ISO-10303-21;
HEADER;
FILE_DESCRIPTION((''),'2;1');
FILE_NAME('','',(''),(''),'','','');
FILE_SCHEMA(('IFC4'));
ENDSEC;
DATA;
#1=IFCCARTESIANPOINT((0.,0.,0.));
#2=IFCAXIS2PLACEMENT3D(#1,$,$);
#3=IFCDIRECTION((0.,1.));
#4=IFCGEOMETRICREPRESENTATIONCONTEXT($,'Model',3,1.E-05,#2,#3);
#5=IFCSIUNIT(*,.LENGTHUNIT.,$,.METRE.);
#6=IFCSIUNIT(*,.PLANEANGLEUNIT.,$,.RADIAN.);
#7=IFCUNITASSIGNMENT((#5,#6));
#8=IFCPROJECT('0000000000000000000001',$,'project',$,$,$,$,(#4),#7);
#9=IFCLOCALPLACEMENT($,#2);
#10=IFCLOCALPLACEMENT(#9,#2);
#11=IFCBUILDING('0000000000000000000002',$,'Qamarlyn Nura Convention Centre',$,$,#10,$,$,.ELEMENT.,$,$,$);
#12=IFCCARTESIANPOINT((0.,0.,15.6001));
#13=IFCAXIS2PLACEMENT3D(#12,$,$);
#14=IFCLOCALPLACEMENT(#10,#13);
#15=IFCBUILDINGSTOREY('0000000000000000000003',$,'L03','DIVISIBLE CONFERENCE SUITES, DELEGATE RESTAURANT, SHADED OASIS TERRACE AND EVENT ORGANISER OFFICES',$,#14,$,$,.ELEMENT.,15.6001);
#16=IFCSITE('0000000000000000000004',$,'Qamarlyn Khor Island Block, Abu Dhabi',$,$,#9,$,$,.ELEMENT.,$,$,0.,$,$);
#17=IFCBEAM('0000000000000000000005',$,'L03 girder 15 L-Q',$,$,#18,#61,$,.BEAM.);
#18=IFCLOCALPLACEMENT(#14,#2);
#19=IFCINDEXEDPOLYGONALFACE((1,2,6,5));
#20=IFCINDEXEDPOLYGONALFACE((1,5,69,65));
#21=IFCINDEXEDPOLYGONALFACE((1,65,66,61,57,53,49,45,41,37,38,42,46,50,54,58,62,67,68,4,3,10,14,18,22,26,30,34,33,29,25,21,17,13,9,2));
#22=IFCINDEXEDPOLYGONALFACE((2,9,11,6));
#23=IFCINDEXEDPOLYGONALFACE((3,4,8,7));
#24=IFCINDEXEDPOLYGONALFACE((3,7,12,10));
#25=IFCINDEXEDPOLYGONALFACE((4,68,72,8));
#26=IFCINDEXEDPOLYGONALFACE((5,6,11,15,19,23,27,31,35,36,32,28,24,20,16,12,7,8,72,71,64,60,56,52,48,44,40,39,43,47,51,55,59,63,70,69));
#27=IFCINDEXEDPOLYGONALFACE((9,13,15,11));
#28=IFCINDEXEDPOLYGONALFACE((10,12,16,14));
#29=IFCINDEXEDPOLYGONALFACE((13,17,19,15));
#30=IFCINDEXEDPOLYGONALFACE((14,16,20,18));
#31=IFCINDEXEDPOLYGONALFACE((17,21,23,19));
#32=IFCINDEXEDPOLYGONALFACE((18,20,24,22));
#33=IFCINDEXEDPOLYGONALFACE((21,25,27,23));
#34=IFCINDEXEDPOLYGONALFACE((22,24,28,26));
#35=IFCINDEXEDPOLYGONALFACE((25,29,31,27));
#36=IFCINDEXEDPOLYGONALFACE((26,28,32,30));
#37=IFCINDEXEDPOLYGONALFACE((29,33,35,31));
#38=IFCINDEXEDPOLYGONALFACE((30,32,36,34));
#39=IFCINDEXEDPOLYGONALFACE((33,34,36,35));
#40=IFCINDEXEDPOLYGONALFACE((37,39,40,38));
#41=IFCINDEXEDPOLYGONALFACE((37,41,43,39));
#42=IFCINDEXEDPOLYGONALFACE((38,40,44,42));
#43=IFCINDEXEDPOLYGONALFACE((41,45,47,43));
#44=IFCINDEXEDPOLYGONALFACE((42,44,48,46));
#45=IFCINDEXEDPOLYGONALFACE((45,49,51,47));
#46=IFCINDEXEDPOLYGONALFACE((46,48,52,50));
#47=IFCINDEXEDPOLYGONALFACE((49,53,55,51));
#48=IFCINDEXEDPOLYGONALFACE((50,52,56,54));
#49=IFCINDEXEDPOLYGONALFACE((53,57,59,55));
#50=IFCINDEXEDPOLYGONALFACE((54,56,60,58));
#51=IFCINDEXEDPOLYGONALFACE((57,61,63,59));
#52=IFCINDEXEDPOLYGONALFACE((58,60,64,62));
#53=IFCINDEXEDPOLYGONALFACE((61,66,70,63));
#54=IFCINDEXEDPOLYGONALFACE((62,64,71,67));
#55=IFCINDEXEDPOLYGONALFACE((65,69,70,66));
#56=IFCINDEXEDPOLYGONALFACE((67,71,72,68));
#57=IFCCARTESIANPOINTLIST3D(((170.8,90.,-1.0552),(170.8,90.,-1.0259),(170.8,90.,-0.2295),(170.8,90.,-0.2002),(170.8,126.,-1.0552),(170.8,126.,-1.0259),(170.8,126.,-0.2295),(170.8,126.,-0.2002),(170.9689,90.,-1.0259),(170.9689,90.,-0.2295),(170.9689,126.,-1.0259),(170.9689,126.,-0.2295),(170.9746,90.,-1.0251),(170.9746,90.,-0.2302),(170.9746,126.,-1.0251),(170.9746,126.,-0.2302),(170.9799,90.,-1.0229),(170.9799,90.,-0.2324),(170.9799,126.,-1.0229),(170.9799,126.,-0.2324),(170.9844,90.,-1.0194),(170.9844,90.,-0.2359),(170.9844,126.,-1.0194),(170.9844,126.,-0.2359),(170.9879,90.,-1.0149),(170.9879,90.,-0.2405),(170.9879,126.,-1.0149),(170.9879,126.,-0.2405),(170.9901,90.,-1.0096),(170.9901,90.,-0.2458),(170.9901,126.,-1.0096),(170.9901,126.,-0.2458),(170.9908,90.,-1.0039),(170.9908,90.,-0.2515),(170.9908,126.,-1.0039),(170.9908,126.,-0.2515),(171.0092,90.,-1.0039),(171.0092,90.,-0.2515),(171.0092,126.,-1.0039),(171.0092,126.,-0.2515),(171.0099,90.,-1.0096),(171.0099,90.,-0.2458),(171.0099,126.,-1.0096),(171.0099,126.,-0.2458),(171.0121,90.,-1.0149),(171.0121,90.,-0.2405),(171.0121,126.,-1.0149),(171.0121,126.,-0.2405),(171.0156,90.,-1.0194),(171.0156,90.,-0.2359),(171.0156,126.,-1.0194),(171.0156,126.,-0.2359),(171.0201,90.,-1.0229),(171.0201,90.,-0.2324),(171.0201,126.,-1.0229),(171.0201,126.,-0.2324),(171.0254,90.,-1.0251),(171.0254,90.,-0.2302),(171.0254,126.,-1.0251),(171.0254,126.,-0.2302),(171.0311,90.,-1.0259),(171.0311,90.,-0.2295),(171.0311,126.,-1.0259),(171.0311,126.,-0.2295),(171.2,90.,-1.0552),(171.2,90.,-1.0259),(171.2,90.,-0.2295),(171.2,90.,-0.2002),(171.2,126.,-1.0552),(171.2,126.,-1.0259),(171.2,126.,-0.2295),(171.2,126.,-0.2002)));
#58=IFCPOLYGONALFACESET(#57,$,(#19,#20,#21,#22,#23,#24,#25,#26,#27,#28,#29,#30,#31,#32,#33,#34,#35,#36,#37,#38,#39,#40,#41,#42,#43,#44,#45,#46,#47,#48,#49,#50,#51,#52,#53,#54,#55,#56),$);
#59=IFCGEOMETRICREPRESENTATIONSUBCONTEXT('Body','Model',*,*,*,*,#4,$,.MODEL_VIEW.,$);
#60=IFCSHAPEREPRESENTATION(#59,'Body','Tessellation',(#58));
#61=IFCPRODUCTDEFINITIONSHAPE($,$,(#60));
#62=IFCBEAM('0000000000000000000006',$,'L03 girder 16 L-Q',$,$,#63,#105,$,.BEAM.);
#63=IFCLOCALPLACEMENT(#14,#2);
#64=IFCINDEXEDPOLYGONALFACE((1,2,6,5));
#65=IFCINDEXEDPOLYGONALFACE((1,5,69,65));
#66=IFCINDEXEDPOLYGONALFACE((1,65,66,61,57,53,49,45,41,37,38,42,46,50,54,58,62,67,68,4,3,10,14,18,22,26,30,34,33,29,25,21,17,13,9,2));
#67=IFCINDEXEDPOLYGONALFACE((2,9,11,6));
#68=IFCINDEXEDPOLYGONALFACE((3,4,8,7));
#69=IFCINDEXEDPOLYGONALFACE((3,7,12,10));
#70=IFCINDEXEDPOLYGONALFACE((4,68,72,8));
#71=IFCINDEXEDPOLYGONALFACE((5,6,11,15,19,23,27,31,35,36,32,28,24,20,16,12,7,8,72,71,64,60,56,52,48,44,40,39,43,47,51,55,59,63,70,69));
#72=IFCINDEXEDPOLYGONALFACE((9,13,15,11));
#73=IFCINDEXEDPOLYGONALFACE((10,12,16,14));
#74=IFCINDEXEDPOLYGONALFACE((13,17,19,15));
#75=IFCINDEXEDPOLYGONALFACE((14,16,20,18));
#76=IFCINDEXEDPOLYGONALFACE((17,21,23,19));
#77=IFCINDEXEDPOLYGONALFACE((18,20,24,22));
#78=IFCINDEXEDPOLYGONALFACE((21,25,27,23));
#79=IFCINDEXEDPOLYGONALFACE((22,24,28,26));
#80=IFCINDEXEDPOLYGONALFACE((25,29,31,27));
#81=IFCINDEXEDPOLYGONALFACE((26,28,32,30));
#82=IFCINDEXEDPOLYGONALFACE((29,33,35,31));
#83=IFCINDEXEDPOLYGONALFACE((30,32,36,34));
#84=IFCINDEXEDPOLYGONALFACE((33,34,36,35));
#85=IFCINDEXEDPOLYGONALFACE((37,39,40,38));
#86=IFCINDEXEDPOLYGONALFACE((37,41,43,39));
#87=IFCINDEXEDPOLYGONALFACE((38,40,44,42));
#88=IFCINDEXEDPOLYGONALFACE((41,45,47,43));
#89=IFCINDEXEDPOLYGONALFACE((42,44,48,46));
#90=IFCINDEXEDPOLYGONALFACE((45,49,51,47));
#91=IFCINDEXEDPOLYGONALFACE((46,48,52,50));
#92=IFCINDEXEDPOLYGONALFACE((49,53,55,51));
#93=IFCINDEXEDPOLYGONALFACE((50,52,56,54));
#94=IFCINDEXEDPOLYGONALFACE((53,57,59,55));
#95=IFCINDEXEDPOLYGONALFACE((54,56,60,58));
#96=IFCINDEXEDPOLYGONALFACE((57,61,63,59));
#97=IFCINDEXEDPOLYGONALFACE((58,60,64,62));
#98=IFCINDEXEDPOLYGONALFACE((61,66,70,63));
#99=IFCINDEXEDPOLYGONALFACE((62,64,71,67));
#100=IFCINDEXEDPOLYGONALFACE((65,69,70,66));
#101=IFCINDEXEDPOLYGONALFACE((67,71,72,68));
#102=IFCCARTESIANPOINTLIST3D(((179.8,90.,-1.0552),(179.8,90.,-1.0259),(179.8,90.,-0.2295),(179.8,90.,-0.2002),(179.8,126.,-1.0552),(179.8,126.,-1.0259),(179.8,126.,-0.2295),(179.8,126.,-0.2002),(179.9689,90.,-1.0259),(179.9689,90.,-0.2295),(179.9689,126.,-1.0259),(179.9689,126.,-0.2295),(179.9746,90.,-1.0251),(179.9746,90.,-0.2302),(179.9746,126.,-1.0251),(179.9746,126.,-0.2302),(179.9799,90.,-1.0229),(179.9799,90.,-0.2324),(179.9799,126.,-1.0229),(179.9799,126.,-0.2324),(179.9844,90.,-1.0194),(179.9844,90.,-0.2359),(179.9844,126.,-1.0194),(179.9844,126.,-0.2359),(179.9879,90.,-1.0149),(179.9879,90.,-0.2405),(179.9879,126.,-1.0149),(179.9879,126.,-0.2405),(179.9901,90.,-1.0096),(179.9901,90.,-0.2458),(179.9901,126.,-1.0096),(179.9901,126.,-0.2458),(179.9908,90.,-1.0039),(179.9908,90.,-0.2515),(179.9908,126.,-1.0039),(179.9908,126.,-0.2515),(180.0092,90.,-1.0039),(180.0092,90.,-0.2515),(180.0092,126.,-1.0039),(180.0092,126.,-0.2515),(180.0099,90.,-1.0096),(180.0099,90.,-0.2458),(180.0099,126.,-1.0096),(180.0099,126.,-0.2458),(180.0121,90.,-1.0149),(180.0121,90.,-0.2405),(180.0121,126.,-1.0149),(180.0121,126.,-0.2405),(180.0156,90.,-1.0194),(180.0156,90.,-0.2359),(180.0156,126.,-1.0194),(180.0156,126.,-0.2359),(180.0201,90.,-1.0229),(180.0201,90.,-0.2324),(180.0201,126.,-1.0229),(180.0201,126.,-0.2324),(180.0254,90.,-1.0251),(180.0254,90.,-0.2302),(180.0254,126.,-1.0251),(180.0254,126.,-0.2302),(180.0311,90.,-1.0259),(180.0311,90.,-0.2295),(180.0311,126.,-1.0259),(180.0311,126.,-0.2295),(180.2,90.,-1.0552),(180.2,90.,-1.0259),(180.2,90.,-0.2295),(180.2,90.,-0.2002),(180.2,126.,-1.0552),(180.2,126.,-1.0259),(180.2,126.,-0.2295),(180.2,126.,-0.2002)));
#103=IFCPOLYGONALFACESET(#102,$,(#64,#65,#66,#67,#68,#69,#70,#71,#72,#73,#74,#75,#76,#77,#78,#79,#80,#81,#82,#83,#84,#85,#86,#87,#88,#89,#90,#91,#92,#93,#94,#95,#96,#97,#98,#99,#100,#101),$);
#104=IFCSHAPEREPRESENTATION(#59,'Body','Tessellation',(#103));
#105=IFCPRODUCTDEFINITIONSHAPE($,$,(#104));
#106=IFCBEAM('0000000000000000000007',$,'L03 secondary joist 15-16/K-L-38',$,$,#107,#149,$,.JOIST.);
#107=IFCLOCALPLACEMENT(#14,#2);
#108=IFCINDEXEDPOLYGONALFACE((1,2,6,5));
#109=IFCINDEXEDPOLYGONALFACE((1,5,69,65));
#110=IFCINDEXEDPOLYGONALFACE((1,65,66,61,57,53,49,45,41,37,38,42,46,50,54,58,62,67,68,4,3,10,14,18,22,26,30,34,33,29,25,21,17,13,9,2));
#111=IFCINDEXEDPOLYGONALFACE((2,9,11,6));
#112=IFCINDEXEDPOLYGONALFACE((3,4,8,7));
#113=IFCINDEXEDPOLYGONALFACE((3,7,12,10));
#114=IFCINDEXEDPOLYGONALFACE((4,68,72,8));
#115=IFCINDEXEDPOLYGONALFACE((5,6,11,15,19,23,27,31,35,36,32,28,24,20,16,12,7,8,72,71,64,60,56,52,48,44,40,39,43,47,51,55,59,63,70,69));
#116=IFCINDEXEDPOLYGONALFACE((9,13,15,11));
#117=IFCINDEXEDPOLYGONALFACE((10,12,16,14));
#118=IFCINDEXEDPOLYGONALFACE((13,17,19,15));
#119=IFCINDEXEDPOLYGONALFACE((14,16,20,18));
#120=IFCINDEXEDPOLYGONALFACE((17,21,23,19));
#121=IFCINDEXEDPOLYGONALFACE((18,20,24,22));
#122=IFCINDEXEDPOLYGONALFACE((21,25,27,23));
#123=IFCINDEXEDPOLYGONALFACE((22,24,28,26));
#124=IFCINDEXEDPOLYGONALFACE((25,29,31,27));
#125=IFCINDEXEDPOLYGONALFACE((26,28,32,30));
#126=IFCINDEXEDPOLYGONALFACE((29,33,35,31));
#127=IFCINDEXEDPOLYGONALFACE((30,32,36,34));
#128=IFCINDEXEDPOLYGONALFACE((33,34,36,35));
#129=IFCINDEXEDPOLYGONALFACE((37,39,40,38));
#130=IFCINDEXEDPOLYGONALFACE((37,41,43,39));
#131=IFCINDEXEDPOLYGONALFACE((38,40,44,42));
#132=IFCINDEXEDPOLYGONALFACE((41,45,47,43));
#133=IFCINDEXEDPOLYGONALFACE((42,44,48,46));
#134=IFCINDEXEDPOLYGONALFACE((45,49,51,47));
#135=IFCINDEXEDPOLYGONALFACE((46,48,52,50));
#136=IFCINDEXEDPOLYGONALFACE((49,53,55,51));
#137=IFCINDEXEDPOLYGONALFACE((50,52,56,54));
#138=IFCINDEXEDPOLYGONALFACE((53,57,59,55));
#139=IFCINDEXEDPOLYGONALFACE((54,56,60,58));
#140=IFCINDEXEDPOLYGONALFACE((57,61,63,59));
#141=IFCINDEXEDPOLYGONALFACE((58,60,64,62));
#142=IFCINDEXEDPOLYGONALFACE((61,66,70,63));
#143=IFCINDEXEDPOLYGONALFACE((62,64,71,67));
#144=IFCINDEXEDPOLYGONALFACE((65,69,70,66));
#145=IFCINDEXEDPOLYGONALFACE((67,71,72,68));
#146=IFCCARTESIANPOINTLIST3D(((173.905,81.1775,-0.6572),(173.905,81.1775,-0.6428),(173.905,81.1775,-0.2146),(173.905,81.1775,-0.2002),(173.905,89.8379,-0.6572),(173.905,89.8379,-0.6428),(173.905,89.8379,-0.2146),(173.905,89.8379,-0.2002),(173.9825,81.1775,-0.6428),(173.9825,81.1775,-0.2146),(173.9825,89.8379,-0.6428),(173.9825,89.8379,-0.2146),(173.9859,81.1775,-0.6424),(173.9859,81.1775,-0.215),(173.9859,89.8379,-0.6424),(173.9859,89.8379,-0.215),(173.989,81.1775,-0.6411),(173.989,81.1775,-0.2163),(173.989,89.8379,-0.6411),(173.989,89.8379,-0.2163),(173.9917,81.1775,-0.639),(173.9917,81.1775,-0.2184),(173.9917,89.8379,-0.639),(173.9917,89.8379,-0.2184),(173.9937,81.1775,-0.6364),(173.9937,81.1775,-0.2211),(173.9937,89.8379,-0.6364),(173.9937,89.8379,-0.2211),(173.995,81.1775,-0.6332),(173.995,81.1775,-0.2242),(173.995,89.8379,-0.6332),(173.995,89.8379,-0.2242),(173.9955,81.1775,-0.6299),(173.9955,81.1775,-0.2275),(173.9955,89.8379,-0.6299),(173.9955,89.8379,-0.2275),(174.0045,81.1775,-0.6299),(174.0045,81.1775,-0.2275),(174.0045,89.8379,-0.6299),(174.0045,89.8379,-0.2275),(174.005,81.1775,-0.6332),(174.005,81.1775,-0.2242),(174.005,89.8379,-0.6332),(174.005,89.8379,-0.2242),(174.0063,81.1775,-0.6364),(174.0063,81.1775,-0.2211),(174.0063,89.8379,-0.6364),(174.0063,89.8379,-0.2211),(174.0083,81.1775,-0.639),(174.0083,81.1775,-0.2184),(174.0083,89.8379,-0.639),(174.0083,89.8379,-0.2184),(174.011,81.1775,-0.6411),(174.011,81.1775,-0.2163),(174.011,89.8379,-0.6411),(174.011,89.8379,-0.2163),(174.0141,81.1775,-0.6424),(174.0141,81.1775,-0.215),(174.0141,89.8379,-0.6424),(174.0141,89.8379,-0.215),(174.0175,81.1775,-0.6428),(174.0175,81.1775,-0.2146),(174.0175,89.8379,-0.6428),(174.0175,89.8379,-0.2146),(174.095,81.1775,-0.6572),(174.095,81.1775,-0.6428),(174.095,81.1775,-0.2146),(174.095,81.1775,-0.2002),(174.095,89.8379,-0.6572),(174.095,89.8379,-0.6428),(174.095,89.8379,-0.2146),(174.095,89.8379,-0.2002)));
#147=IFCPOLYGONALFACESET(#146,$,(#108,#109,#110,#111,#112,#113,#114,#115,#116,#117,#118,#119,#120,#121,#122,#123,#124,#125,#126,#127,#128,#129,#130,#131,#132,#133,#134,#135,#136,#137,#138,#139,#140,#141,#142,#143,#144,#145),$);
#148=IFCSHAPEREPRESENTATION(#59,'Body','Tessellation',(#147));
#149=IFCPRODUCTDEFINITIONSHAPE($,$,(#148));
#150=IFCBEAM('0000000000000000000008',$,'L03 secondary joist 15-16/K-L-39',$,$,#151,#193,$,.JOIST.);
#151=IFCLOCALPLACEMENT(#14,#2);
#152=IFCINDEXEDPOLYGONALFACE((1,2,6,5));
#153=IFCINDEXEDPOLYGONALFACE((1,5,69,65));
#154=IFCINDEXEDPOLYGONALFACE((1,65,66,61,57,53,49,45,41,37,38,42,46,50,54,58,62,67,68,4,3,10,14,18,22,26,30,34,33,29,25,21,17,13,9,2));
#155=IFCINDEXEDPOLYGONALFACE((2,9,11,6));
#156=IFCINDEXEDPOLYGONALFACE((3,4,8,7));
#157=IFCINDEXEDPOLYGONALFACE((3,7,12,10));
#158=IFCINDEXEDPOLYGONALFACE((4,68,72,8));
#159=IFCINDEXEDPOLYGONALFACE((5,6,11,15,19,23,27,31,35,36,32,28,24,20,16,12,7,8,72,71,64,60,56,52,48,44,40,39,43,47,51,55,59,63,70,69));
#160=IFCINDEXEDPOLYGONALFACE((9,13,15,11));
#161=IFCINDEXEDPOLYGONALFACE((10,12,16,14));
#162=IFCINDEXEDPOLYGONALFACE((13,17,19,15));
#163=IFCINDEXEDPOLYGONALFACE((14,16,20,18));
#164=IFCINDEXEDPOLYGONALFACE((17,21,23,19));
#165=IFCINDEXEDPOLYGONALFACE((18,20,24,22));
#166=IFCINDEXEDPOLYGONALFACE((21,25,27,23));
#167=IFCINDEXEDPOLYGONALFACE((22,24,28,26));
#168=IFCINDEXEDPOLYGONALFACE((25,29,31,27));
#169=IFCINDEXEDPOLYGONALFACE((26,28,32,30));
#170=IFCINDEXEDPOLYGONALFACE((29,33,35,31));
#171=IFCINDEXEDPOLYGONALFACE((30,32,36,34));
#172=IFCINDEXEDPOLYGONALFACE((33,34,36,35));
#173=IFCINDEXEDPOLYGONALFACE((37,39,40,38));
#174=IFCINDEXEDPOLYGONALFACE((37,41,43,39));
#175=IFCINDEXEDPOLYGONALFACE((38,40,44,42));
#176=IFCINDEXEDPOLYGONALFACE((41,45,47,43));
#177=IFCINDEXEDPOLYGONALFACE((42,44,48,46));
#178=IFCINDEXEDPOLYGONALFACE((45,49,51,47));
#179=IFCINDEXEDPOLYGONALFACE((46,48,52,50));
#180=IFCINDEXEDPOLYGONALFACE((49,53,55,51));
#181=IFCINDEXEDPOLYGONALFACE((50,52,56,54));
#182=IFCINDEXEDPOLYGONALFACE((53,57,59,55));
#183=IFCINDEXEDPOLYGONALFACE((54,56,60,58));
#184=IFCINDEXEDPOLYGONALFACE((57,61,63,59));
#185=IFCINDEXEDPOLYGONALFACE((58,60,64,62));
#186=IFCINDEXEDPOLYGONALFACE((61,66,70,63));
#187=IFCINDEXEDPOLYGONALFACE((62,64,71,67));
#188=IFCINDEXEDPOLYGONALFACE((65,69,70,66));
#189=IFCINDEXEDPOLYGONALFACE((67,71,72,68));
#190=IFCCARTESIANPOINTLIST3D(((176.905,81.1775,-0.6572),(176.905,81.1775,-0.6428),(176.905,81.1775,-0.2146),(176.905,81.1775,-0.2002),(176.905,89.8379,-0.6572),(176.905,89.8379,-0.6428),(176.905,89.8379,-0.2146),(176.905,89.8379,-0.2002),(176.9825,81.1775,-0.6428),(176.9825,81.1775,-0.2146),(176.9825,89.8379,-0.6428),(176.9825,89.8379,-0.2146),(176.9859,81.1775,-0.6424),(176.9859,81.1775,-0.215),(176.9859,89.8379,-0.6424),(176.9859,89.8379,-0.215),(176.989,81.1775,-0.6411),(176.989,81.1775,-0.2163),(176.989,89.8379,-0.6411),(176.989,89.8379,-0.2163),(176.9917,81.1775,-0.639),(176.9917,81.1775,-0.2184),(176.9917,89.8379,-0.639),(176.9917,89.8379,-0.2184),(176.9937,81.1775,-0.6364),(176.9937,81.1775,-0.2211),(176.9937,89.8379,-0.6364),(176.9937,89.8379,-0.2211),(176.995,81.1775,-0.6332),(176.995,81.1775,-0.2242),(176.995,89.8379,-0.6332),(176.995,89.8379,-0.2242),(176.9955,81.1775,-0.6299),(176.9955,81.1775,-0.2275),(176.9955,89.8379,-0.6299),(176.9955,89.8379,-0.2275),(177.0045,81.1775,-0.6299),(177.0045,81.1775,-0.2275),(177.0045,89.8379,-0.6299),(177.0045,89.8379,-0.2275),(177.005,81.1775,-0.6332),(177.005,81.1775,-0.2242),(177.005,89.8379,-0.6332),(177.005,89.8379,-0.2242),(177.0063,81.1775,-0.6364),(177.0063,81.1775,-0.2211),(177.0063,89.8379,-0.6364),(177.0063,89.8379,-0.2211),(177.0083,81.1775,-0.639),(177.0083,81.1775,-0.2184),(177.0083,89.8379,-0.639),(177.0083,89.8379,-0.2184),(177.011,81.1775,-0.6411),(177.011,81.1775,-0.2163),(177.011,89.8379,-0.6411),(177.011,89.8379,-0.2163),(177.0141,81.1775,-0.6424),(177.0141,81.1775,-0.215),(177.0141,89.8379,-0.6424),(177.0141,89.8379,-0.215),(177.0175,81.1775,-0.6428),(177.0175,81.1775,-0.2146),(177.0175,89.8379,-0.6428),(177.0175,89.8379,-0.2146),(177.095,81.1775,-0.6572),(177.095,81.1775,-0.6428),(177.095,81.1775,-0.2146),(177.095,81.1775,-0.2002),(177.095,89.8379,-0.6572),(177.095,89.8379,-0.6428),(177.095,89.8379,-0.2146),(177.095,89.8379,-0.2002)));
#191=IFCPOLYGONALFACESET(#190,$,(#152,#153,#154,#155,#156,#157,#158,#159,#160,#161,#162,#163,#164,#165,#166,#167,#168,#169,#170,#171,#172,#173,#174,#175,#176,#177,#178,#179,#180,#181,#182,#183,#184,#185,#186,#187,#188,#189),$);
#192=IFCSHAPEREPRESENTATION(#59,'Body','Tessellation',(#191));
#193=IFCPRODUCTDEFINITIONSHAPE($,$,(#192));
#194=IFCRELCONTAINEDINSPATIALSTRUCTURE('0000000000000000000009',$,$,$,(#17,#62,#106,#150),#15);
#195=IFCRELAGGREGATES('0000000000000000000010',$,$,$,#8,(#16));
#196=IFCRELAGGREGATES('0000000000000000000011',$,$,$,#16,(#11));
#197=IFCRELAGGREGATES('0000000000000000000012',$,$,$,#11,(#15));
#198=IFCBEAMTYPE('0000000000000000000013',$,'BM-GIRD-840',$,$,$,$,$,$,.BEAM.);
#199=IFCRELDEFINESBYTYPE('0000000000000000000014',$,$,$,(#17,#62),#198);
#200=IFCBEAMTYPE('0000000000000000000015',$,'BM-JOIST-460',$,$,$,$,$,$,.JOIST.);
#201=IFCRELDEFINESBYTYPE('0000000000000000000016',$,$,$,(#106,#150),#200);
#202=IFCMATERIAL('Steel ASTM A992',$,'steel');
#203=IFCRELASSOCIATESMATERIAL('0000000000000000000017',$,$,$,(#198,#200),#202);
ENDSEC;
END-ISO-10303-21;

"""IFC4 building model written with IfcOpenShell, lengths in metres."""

from ifc_helpers import new_model, si_unit, direction, frame, origin, origin_2d, place, context, subcontext, project, spatial, i_section, extrude, material, material_profile, profile_set, type_object, element, save


model = new_model("IFC4")

# Units and contexts
model_context = context("Model", 3, precision=1e-05, world=origin(), true_north=direction((0.0, 1.0)))
body_context = subcontext(model_context, "Body", "Model", "MODEL_VIEW")
ifc_project = project(units=[si_unit("LENGTHUNIT", "METRE"), si_unit("PLANEANGLEUNIT", "RADIAN")], contexts=[model_context])

# Site, building, storey
site_placement = place(None, origin())
site = spatial("IfcSite", under=ifc_project, at=site_placement, Name="Qamarlyn Khor Island Block, Abu Dhabi", CompositionType="ELEMENT", RefElevation=0.0)
building_placement = place(site_placement, origin())
building = spatial("IfcBuilding", under=site, at=building_placement, Name="Qamarlyn Nura Convention Centre", CompositionType="ELEMENT")
storey_placement = place(building_placement, frame((0.0, 0.0, 15.6001)))
storey = spatial("IfcBuildingStorey", under=building, at=storey_placement, Name="L03", Description="DIVISIBLE CONFERENCE SUITES, DELEGATE RESTAURANT, SHADED OASIS TERRACE AND EVENT ORGANISER OFFICES", CompositionType="ELEMENT", Elevation=15.6001)

# Shared definitions
ifc_material_1 = material(Name="Steel ASTM A992", Category="steel")

# Beams
ifc_material_profile_1 = material_profile(ifc_material_1, i_section(OverallWidth=0.3999, OverallDepth=0.855, WebThickness=0.0183, FlangeThickness=0.0293, FilletRadius=0.022, at=origin_2d()), Name="W840X299")
ifc_profile_set_1 = profile_set([ifc_material_profile_1], Name="Steel ASTM A992")
beam_type_1 = type_object("IfcBeamType", Name="BM-GIRD-840", PredefinedType="BEAM", material=ifc_profile_set_1)
for number, where, z_axis, x_axis, name in (
    (1, (171.0, 90.0, -0.6277), (0.0, 1.0, 0.0), (-1.0, 0.0, 0.0), "L03 girder 15 L-Q"),
    (2, (180.0, 90.0, -0.6277), (0.0, 1.0, 0.0), (-1.0, 0.0, 0.0), "L03 girder 16 L-Q"),
):
    element("IfcBeam", number, at=place(storey_placement, frame(where, z_axis=z_axis, x_axis=x_axis)), inside=storey, type_object=beam_type_1, Name=name, PredefinedType="BEAM", context=body_context, shape_type="SweptSolid", body=[
        extrude(i_section(OverallWidth=0.3999, OverallDepth=0.855, WebThickness=0.0183, FlangeThickness=0.0293, FilletRadius=0.022, at=origin_2d()), origin(), (0.0, 0.0, 1.0), 36.0),
    ])
ifc_material_profile_2 = material_profile(ifc_material_1, i_section(OverallWidth=0.1899, OverallDepth=0.457, WebThickness=0.009, FlangeThickness=0.0144, FilletRadius=0.0129, at=origin_2d()), Name="W460X74")
ifc_profile_set_2 = profile_set([ifc_material_profile_2], Name="Steel ASTM A992")
beam_type_2 = type_object("IfcBeamType", Name="BM-JOIST-460", PredefinedType="JOIST", material=ifc_profile_set_2)
for number, where, z_axis, x_axis, name in (
    (3, (174.0, 81.1775, -0.4287), (0.0, 1.0, 0.0), (-1.0, 0.0, 0.0), "L03 secondary joist 15-16/K-L-38"),
    (4, (177.0, 81.1775, -0.4287), (0.0, 1.0, 0.0), (-1.0, 0.0, 0.0), "L03 secondary joist 15-16/K-L-39"),
):
    element("IfcBeam", number, at=place(storey_placement, frame(where, z_axis=z_axis, x_axis=x_axis)), inside=storey, type_object=beam_type_2, Name=name, PredefinedType="JOIST", context=body_context, shape_type="SweptSolid", body=[
        extrude(i_section(OverallWidth=0.1899, OverallDepth=0.457, WebThickness=0.009, FlangeThickness=0.0144, FilletRadius=0.0129, at=origin_2d()), origin(), (0.0, 0.0, 1.0), 8.6604),
    ])

save(model, "model.ifc")
